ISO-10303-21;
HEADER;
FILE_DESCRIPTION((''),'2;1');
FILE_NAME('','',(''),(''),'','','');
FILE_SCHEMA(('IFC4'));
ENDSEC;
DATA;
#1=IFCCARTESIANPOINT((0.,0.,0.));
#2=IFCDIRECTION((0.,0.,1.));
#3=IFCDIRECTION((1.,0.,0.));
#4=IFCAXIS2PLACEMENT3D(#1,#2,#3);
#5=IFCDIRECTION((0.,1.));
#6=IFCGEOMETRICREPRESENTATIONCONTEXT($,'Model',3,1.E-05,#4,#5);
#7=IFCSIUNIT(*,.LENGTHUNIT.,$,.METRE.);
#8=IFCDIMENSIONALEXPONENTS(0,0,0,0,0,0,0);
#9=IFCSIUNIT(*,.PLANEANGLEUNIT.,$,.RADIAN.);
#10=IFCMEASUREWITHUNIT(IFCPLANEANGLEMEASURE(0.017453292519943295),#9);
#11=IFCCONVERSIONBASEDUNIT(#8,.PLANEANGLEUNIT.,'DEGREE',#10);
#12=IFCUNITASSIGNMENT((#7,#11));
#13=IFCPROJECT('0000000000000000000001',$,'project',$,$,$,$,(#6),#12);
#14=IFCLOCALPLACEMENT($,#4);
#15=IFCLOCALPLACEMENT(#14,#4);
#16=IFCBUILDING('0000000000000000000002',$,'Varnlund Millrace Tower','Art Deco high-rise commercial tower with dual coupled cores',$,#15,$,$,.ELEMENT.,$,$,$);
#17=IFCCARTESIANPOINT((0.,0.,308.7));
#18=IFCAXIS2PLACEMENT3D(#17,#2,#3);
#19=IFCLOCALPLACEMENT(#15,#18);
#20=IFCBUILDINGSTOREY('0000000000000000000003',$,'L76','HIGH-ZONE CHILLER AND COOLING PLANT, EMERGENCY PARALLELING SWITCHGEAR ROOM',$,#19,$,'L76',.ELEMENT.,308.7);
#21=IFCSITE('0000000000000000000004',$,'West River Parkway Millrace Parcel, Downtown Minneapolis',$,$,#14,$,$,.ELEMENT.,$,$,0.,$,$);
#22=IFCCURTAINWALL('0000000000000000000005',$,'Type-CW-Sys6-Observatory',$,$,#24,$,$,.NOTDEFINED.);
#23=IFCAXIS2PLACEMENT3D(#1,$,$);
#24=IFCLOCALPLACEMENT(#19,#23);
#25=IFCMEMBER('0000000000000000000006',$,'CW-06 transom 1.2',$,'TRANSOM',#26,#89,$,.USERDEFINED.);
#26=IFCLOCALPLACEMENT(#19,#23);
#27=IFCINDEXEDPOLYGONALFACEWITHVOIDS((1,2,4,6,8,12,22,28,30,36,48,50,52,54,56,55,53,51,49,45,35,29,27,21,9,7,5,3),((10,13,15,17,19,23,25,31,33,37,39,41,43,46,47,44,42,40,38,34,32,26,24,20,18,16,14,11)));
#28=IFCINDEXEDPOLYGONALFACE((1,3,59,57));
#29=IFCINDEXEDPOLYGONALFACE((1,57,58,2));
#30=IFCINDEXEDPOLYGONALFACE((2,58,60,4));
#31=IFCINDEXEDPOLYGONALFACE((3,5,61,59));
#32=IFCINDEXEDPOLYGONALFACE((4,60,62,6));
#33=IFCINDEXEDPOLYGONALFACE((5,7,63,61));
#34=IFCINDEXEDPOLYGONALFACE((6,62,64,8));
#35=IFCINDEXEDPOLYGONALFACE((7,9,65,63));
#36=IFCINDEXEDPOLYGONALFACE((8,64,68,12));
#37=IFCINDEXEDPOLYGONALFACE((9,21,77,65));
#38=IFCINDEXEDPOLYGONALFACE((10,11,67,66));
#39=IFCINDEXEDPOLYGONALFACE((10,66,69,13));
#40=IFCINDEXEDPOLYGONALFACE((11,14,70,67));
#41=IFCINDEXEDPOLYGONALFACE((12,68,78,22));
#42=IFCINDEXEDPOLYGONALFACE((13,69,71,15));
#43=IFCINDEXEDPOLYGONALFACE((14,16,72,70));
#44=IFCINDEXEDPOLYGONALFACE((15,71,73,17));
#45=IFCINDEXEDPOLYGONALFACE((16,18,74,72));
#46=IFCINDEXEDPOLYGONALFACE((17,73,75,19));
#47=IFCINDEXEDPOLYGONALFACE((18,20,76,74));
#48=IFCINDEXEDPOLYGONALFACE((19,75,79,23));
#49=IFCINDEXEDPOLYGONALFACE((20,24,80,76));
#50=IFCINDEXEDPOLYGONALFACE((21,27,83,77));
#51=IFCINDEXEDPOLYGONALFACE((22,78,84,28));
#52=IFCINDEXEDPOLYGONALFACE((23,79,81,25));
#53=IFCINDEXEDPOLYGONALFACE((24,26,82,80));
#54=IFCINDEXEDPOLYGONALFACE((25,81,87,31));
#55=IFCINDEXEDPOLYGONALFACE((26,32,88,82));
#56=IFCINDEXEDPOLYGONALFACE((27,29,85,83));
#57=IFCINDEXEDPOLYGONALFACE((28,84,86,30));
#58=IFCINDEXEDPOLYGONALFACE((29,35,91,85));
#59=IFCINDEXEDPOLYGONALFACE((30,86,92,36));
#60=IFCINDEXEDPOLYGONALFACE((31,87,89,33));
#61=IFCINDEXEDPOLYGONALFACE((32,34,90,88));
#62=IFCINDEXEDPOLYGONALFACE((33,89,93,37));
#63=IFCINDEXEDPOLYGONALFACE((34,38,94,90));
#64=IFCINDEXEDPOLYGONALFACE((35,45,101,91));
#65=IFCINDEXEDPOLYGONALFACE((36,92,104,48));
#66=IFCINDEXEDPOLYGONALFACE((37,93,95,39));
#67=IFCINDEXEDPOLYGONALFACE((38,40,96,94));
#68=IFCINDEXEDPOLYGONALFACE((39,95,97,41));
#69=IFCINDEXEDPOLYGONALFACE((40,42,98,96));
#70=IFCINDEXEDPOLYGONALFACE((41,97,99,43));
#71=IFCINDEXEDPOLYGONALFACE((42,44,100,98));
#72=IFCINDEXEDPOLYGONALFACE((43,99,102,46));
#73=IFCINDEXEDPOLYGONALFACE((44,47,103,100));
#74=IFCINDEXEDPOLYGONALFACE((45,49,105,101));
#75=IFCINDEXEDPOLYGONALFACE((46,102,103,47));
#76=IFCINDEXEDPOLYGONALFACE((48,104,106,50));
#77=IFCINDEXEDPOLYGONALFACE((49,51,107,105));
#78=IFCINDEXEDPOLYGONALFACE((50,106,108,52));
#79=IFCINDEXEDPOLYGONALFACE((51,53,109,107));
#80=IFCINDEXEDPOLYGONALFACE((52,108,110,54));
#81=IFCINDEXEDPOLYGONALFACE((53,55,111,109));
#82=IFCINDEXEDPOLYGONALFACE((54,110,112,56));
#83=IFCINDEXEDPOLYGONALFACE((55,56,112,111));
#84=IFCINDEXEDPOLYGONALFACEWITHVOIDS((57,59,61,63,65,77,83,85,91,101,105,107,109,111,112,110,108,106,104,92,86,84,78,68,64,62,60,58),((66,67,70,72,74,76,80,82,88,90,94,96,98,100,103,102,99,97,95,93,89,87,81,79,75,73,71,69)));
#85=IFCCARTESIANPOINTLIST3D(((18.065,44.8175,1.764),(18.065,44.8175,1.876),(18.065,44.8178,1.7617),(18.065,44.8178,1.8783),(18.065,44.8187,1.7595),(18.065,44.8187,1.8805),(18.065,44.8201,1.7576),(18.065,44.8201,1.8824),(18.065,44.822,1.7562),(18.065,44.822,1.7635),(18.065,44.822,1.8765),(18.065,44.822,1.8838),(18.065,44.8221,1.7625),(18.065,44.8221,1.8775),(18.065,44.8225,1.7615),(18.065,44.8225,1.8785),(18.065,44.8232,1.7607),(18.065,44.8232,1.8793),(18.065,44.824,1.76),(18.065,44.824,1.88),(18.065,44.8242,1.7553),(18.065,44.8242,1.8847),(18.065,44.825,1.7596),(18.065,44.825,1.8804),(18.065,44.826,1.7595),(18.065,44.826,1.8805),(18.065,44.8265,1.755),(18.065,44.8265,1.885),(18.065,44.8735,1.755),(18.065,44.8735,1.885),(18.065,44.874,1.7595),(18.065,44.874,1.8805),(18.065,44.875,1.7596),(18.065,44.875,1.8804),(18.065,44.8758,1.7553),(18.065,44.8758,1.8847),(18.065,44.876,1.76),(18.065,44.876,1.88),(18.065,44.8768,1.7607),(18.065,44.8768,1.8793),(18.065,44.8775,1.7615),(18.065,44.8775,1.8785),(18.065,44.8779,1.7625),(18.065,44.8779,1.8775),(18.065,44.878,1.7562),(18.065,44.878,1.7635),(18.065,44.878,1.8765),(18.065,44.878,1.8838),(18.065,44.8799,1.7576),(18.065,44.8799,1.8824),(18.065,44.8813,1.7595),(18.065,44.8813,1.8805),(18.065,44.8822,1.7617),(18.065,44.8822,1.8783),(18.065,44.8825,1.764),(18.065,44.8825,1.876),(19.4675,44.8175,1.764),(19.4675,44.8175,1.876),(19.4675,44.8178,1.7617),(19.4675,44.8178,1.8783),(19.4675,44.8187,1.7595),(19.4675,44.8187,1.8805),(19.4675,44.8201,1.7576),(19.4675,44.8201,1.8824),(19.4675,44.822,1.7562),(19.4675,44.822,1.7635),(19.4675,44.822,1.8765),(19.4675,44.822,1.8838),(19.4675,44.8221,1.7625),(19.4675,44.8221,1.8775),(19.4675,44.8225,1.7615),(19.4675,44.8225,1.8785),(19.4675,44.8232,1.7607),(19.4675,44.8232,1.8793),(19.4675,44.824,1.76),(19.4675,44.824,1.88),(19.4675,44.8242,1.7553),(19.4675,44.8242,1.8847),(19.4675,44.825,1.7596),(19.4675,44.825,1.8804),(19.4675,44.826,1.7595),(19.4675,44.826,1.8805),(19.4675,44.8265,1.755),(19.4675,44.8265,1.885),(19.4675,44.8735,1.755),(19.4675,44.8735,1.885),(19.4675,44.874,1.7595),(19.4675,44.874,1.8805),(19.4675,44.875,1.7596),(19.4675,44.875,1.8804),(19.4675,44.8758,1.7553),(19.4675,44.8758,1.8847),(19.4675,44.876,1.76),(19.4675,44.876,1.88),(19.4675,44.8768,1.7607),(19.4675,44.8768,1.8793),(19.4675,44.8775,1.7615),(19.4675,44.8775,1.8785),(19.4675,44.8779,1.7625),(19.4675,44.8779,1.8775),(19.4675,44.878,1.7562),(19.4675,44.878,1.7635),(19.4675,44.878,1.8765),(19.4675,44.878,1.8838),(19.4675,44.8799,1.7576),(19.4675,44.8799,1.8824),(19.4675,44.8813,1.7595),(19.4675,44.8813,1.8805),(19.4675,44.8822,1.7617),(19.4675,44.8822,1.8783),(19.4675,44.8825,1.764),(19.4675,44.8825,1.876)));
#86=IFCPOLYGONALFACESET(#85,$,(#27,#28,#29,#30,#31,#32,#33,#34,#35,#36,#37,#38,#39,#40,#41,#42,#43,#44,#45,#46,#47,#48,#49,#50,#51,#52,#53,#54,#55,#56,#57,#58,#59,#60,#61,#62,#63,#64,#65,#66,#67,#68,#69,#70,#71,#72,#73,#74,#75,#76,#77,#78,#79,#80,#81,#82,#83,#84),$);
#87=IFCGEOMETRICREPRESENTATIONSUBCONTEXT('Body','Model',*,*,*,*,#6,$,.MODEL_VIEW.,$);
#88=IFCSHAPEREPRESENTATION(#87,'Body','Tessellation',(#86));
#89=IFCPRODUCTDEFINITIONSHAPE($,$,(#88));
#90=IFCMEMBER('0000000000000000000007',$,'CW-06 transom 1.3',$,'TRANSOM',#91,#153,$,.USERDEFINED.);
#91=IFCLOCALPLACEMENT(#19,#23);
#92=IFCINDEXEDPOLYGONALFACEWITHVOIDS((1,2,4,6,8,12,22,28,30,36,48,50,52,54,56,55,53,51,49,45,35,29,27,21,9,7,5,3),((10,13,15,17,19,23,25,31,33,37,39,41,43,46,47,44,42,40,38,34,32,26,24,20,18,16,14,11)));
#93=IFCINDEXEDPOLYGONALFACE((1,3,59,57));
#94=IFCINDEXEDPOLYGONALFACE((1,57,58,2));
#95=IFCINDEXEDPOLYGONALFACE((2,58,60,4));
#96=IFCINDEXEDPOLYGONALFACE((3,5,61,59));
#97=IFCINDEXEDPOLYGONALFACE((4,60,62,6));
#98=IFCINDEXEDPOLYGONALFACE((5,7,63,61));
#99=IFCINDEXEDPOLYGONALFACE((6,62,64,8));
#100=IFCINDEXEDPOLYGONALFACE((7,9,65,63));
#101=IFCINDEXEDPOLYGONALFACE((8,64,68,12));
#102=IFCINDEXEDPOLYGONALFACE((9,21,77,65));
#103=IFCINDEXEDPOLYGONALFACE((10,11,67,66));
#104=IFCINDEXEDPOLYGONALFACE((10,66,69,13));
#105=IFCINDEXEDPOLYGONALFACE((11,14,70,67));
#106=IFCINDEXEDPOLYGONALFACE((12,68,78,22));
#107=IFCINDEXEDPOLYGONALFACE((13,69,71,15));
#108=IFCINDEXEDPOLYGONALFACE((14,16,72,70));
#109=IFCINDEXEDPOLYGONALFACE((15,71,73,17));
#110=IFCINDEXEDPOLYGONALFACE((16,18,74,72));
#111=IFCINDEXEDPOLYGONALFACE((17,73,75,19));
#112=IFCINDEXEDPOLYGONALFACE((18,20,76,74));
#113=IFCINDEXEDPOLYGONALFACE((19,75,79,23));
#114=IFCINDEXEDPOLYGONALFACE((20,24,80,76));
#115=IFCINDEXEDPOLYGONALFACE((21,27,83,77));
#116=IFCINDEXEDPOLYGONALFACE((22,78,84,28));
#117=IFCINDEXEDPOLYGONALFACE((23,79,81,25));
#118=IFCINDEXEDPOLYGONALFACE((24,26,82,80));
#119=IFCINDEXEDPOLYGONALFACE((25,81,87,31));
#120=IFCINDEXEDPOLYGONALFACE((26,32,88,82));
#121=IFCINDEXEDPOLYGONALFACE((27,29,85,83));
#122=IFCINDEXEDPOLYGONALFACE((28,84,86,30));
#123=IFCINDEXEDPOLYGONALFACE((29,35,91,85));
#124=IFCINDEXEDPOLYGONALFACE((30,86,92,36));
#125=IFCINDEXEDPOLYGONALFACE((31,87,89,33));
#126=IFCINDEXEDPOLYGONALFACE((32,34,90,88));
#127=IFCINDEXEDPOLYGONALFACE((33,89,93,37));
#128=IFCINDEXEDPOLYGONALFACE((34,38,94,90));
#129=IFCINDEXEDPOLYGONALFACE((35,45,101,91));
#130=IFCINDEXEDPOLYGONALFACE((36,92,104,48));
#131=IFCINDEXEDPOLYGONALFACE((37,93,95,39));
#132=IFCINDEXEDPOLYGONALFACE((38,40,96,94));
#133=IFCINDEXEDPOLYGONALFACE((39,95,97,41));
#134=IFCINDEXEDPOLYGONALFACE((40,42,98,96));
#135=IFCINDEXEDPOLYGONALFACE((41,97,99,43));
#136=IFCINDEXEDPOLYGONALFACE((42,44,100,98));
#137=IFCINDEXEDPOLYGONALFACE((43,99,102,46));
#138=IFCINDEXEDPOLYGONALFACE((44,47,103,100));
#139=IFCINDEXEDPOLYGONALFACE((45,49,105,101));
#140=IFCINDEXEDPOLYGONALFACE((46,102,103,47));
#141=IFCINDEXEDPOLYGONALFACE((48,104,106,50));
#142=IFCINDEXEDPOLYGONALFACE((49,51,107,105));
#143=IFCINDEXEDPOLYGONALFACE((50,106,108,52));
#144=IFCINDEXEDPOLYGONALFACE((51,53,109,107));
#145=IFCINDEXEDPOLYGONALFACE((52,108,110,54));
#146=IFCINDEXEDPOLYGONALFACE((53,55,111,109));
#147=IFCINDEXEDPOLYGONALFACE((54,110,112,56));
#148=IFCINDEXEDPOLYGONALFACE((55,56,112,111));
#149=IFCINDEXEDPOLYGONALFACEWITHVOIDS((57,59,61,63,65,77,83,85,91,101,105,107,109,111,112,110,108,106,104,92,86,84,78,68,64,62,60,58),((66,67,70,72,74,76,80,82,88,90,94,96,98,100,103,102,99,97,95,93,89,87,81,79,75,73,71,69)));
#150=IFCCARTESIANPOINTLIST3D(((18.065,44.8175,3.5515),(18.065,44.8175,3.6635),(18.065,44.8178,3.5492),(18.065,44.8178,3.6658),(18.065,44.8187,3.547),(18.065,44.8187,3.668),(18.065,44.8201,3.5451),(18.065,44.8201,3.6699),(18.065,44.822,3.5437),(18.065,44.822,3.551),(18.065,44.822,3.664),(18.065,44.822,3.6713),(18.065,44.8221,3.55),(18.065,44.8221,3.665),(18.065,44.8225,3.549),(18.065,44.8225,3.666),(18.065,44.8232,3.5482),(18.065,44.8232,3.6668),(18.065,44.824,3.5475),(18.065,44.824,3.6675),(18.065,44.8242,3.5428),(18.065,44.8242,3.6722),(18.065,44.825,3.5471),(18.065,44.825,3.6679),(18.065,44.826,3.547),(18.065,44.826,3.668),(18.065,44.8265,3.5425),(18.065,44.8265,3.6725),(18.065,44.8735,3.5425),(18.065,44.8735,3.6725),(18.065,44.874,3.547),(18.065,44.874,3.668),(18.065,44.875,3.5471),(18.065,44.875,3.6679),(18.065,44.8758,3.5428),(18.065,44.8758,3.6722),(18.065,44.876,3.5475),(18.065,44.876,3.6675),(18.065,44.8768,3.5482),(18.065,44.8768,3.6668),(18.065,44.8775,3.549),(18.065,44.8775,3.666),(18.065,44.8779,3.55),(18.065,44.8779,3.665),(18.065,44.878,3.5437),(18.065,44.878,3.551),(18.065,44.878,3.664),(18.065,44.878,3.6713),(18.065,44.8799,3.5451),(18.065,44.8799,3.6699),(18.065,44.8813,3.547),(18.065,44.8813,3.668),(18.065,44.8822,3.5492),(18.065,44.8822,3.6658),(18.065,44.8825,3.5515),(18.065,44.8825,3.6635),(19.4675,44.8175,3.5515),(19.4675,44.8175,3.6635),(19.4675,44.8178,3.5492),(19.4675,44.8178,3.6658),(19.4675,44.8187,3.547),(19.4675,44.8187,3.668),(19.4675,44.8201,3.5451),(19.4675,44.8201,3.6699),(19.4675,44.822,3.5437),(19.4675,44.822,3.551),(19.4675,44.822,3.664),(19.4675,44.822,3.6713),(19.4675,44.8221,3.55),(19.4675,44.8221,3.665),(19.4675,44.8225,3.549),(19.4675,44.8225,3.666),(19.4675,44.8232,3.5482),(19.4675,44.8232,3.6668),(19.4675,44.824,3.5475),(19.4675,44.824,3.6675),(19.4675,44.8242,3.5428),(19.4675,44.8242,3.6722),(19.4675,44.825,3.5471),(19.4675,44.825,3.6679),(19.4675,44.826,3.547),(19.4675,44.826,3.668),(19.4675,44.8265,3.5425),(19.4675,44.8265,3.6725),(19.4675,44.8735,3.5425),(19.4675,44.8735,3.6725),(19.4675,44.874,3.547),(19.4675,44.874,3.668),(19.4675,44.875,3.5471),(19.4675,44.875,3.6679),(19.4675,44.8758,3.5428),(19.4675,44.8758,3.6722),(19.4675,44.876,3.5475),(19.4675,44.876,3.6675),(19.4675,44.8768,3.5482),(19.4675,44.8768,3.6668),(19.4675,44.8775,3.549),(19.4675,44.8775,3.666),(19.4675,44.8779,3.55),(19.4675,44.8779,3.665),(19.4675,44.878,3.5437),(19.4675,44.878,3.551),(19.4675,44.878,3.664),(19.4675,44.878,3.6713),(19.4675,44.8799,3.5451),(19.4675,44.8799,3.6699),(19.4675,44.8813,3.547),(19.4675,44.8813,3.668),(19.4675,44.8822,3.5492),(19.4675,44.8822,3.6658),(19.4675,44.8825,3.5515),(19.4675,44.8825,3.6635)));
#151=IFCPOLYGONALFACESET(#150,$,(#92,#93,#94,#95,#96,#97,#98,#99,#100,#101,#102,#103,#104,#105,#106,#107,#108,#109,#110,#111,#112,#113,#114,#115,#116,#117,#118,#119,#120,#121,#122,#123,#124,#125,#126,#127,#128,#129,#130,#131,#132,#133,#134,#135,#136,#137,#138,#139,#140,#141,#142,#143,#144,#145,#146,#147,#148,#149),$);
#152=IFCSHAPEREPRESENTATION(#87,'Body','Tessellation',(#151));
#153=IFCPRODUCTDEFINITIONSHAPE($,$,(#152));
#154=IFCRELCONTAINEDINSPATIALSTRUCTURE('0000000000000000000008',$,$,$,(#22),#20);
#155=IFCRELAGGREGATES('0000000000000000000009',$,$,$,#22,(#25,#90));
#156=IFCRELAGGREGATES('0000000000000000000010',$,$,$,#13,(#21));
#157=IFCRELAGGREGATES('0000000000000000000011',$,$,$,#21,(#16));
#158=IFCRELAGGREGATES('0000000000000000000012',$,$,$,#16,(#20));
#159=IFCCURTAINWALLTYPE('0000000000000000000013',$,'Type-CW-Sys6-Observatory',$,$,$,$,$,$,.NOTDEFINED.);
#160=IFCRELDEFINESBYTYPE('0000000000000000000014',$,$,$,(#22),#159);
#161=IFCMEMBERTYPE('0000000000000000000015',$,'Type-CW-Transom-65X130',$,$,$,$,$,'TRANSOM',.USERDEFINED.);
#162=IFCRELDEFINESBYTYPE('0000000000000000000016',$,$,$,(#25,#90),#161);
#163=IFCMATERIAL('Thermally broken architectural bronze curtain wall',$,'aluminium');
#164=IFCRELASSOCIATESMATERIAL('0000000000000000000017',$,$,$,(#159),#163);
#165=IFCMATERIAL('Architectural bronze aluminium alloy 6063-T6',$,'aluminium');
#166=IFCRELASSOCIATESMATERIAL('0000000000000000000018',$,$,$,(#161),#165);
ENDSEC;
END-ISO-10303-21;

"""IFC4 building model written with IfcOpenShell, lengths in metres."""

from ifc_helpers import new_model, entity, si_unit, converted_unit, direction, frame, origin_with_axes, origin_2d_with_axis, place, context, subcontext, project, spatial, hollow_rectangle, extrude, material, material_profile, profile_set, type_object, element, aggregate, save


model = new_model("IFC4")

# Units and contexts
model_context = context("Model", 3, precision=1e-05, world=origin_with_axes(), true_north=direction((0.0, 1.0)))
body_context = subcontext(model_context, "Body", "Model", "MODEL_VIEW")
ifc_project = project(units=[si_unit("LENGTHUNIT", "METRE"), converted_unit("PLANEANGLEUNIT", "DEGREE", entity("IfcPlaneAngleMeasure", 0.017453292519943295), si_unit("PLANEANGLEUNIT", "RADIAN"), dimensions=[0, 0, 0, 0, 0, 0, 0])], contexts=[model_context])

# Site, building, storey
site_placement = place(None, origin_with_axes())
site = spatial("IfcSite", under=ifc_project, at=site_placement, Name="West River Parkway Millrace Parcel, Downtown Minneapolis", CompositionType="ELEMENT", RefElevation=0.0)
building_placement = place(site_placement, origin_with_axes())
building = spatial("IfcBuilding", under=site, at=building_placement, Name="Varnlund Millrace Tower", Description="Art Deco high-rise commercial tower with dual coupled cores", CompositionType="ELEMENT")
storey_placement = place(building_placement, frame((0.0, 0.0, 308.7), z_axis=(0.0, 0.0, 1.0), x_axis=(1.0, 0.0, 0.0)))
storey = spatial("IfcBuildingStorey", under=building, at=storey_placement, Name="L76", Description="HIGH-ZONE CHILLER AND COOLING PLANT, EMERGENCY PARALLELING SWITCHGEAR ROOM", LongName="L76", CompositionType="ELEMENT", Elevation=308.7)

# Curtain wall, members
ifc_material_1 = material(Name="Thermally broken architectural bronze curtain wall", Category="aluminium")
curtain_wall_type = type_object("IfcCurtainWallType", Name="Type-CW-Sys6-Observatory", PredefinedType="NOTDEFINED", material=ifc_material_1)
ifc_material_2 = material(Name="Architectural bronze aluminium alloy 6063-T6", Category="aluminium")
ifc_material_profile_1 = material_profile(ifc_material_2, hollow_rectangle(XDim=0.065, YDim=0.13, WallThickness=0.0045, InnerFilletRadius=0.004, OuterFilletRadius=0.009, at=origin_2d_with_axis()), Name="Architectural bronze aluminium alloy 6063-T6")
ifc_profile_set_1 = profile_set([ifc_material_profile_1], Name="Architectural bronze aluminium alloy 6063-T6")
member_type = type_object("IfcMemberType", Name="Type-CW-Transom-65X130", ElementType="TRANSOM", PredefinedType="USERDEFINED", material=ifc_profile_set_1)
curtain_wall_1_placement = place(storey_placement, frame((18.0, 44.85, 0.0), z_axis=(0.0, 0.0, 1.0), x_axis=(1.0, 0.0, 0.0)))
curtain_wall_1 = element("IfcCurtainWall", 1, at=curtain_wall_1_placement, inside=storey, type_object=curtain_wall_type, Name="Type-CW-Sys6-Observatory", PredefinedType="NOTDEFINED")
member_1_placement = place(storey_placement, frame((18.065, 44.85, 1.82), z_axis=(1.0, 0.0, 0.0), x_axis=(0.0, 1.0, 0.0)))
member_1 = element("IfcMember", 2, at=member_1_placement, type_object=member_type, Name="CW-06 transom 1.2", ObjectType="TRANSOM", PredefinedType="USERDEFINED", context=body_context, shape_type="SweptSolid", body=[
    extrude(hollow_rectangle(XDim=0.065, YDim=0.13, WallThickness=0.0045, InnerFilletRadius=0.004, OuterFilletRadius=0.009, at=origin_2d_with_axis()), origin_with_axes(), (0.0, 0.0, 1.0), 1.4025),
])
member_2_placement = place(storey_placement, frame((18.065, 44.85, 3.6075), z_axis=(1.0, 0.0, 0.0), x_axis=(0.0, 1.0, 0.0)))
member_2 = element("IfcMember", 3, at=member_2_placement, type_object=member_type, Name="CW-06 transom 1.3", ObjectType="TRANSOM", PredefinedType="USERDEFINED", context=body_context, shape_type="SweptSolid", body=[
    extrude(hollow_rectangle(XDim=0.065, YDim=0.13, WallThickness=0.0045, InnerFilletRadius=0.004, OuterFilletRadius=0.009, at=origin_2d_with_axis()), origin_with_axes(), (0.0, 0.0, 1.0), 1.4025),
])

aggregate(curtain_wall_1, [member_1, member_2])

save(model, "model.ifc")
